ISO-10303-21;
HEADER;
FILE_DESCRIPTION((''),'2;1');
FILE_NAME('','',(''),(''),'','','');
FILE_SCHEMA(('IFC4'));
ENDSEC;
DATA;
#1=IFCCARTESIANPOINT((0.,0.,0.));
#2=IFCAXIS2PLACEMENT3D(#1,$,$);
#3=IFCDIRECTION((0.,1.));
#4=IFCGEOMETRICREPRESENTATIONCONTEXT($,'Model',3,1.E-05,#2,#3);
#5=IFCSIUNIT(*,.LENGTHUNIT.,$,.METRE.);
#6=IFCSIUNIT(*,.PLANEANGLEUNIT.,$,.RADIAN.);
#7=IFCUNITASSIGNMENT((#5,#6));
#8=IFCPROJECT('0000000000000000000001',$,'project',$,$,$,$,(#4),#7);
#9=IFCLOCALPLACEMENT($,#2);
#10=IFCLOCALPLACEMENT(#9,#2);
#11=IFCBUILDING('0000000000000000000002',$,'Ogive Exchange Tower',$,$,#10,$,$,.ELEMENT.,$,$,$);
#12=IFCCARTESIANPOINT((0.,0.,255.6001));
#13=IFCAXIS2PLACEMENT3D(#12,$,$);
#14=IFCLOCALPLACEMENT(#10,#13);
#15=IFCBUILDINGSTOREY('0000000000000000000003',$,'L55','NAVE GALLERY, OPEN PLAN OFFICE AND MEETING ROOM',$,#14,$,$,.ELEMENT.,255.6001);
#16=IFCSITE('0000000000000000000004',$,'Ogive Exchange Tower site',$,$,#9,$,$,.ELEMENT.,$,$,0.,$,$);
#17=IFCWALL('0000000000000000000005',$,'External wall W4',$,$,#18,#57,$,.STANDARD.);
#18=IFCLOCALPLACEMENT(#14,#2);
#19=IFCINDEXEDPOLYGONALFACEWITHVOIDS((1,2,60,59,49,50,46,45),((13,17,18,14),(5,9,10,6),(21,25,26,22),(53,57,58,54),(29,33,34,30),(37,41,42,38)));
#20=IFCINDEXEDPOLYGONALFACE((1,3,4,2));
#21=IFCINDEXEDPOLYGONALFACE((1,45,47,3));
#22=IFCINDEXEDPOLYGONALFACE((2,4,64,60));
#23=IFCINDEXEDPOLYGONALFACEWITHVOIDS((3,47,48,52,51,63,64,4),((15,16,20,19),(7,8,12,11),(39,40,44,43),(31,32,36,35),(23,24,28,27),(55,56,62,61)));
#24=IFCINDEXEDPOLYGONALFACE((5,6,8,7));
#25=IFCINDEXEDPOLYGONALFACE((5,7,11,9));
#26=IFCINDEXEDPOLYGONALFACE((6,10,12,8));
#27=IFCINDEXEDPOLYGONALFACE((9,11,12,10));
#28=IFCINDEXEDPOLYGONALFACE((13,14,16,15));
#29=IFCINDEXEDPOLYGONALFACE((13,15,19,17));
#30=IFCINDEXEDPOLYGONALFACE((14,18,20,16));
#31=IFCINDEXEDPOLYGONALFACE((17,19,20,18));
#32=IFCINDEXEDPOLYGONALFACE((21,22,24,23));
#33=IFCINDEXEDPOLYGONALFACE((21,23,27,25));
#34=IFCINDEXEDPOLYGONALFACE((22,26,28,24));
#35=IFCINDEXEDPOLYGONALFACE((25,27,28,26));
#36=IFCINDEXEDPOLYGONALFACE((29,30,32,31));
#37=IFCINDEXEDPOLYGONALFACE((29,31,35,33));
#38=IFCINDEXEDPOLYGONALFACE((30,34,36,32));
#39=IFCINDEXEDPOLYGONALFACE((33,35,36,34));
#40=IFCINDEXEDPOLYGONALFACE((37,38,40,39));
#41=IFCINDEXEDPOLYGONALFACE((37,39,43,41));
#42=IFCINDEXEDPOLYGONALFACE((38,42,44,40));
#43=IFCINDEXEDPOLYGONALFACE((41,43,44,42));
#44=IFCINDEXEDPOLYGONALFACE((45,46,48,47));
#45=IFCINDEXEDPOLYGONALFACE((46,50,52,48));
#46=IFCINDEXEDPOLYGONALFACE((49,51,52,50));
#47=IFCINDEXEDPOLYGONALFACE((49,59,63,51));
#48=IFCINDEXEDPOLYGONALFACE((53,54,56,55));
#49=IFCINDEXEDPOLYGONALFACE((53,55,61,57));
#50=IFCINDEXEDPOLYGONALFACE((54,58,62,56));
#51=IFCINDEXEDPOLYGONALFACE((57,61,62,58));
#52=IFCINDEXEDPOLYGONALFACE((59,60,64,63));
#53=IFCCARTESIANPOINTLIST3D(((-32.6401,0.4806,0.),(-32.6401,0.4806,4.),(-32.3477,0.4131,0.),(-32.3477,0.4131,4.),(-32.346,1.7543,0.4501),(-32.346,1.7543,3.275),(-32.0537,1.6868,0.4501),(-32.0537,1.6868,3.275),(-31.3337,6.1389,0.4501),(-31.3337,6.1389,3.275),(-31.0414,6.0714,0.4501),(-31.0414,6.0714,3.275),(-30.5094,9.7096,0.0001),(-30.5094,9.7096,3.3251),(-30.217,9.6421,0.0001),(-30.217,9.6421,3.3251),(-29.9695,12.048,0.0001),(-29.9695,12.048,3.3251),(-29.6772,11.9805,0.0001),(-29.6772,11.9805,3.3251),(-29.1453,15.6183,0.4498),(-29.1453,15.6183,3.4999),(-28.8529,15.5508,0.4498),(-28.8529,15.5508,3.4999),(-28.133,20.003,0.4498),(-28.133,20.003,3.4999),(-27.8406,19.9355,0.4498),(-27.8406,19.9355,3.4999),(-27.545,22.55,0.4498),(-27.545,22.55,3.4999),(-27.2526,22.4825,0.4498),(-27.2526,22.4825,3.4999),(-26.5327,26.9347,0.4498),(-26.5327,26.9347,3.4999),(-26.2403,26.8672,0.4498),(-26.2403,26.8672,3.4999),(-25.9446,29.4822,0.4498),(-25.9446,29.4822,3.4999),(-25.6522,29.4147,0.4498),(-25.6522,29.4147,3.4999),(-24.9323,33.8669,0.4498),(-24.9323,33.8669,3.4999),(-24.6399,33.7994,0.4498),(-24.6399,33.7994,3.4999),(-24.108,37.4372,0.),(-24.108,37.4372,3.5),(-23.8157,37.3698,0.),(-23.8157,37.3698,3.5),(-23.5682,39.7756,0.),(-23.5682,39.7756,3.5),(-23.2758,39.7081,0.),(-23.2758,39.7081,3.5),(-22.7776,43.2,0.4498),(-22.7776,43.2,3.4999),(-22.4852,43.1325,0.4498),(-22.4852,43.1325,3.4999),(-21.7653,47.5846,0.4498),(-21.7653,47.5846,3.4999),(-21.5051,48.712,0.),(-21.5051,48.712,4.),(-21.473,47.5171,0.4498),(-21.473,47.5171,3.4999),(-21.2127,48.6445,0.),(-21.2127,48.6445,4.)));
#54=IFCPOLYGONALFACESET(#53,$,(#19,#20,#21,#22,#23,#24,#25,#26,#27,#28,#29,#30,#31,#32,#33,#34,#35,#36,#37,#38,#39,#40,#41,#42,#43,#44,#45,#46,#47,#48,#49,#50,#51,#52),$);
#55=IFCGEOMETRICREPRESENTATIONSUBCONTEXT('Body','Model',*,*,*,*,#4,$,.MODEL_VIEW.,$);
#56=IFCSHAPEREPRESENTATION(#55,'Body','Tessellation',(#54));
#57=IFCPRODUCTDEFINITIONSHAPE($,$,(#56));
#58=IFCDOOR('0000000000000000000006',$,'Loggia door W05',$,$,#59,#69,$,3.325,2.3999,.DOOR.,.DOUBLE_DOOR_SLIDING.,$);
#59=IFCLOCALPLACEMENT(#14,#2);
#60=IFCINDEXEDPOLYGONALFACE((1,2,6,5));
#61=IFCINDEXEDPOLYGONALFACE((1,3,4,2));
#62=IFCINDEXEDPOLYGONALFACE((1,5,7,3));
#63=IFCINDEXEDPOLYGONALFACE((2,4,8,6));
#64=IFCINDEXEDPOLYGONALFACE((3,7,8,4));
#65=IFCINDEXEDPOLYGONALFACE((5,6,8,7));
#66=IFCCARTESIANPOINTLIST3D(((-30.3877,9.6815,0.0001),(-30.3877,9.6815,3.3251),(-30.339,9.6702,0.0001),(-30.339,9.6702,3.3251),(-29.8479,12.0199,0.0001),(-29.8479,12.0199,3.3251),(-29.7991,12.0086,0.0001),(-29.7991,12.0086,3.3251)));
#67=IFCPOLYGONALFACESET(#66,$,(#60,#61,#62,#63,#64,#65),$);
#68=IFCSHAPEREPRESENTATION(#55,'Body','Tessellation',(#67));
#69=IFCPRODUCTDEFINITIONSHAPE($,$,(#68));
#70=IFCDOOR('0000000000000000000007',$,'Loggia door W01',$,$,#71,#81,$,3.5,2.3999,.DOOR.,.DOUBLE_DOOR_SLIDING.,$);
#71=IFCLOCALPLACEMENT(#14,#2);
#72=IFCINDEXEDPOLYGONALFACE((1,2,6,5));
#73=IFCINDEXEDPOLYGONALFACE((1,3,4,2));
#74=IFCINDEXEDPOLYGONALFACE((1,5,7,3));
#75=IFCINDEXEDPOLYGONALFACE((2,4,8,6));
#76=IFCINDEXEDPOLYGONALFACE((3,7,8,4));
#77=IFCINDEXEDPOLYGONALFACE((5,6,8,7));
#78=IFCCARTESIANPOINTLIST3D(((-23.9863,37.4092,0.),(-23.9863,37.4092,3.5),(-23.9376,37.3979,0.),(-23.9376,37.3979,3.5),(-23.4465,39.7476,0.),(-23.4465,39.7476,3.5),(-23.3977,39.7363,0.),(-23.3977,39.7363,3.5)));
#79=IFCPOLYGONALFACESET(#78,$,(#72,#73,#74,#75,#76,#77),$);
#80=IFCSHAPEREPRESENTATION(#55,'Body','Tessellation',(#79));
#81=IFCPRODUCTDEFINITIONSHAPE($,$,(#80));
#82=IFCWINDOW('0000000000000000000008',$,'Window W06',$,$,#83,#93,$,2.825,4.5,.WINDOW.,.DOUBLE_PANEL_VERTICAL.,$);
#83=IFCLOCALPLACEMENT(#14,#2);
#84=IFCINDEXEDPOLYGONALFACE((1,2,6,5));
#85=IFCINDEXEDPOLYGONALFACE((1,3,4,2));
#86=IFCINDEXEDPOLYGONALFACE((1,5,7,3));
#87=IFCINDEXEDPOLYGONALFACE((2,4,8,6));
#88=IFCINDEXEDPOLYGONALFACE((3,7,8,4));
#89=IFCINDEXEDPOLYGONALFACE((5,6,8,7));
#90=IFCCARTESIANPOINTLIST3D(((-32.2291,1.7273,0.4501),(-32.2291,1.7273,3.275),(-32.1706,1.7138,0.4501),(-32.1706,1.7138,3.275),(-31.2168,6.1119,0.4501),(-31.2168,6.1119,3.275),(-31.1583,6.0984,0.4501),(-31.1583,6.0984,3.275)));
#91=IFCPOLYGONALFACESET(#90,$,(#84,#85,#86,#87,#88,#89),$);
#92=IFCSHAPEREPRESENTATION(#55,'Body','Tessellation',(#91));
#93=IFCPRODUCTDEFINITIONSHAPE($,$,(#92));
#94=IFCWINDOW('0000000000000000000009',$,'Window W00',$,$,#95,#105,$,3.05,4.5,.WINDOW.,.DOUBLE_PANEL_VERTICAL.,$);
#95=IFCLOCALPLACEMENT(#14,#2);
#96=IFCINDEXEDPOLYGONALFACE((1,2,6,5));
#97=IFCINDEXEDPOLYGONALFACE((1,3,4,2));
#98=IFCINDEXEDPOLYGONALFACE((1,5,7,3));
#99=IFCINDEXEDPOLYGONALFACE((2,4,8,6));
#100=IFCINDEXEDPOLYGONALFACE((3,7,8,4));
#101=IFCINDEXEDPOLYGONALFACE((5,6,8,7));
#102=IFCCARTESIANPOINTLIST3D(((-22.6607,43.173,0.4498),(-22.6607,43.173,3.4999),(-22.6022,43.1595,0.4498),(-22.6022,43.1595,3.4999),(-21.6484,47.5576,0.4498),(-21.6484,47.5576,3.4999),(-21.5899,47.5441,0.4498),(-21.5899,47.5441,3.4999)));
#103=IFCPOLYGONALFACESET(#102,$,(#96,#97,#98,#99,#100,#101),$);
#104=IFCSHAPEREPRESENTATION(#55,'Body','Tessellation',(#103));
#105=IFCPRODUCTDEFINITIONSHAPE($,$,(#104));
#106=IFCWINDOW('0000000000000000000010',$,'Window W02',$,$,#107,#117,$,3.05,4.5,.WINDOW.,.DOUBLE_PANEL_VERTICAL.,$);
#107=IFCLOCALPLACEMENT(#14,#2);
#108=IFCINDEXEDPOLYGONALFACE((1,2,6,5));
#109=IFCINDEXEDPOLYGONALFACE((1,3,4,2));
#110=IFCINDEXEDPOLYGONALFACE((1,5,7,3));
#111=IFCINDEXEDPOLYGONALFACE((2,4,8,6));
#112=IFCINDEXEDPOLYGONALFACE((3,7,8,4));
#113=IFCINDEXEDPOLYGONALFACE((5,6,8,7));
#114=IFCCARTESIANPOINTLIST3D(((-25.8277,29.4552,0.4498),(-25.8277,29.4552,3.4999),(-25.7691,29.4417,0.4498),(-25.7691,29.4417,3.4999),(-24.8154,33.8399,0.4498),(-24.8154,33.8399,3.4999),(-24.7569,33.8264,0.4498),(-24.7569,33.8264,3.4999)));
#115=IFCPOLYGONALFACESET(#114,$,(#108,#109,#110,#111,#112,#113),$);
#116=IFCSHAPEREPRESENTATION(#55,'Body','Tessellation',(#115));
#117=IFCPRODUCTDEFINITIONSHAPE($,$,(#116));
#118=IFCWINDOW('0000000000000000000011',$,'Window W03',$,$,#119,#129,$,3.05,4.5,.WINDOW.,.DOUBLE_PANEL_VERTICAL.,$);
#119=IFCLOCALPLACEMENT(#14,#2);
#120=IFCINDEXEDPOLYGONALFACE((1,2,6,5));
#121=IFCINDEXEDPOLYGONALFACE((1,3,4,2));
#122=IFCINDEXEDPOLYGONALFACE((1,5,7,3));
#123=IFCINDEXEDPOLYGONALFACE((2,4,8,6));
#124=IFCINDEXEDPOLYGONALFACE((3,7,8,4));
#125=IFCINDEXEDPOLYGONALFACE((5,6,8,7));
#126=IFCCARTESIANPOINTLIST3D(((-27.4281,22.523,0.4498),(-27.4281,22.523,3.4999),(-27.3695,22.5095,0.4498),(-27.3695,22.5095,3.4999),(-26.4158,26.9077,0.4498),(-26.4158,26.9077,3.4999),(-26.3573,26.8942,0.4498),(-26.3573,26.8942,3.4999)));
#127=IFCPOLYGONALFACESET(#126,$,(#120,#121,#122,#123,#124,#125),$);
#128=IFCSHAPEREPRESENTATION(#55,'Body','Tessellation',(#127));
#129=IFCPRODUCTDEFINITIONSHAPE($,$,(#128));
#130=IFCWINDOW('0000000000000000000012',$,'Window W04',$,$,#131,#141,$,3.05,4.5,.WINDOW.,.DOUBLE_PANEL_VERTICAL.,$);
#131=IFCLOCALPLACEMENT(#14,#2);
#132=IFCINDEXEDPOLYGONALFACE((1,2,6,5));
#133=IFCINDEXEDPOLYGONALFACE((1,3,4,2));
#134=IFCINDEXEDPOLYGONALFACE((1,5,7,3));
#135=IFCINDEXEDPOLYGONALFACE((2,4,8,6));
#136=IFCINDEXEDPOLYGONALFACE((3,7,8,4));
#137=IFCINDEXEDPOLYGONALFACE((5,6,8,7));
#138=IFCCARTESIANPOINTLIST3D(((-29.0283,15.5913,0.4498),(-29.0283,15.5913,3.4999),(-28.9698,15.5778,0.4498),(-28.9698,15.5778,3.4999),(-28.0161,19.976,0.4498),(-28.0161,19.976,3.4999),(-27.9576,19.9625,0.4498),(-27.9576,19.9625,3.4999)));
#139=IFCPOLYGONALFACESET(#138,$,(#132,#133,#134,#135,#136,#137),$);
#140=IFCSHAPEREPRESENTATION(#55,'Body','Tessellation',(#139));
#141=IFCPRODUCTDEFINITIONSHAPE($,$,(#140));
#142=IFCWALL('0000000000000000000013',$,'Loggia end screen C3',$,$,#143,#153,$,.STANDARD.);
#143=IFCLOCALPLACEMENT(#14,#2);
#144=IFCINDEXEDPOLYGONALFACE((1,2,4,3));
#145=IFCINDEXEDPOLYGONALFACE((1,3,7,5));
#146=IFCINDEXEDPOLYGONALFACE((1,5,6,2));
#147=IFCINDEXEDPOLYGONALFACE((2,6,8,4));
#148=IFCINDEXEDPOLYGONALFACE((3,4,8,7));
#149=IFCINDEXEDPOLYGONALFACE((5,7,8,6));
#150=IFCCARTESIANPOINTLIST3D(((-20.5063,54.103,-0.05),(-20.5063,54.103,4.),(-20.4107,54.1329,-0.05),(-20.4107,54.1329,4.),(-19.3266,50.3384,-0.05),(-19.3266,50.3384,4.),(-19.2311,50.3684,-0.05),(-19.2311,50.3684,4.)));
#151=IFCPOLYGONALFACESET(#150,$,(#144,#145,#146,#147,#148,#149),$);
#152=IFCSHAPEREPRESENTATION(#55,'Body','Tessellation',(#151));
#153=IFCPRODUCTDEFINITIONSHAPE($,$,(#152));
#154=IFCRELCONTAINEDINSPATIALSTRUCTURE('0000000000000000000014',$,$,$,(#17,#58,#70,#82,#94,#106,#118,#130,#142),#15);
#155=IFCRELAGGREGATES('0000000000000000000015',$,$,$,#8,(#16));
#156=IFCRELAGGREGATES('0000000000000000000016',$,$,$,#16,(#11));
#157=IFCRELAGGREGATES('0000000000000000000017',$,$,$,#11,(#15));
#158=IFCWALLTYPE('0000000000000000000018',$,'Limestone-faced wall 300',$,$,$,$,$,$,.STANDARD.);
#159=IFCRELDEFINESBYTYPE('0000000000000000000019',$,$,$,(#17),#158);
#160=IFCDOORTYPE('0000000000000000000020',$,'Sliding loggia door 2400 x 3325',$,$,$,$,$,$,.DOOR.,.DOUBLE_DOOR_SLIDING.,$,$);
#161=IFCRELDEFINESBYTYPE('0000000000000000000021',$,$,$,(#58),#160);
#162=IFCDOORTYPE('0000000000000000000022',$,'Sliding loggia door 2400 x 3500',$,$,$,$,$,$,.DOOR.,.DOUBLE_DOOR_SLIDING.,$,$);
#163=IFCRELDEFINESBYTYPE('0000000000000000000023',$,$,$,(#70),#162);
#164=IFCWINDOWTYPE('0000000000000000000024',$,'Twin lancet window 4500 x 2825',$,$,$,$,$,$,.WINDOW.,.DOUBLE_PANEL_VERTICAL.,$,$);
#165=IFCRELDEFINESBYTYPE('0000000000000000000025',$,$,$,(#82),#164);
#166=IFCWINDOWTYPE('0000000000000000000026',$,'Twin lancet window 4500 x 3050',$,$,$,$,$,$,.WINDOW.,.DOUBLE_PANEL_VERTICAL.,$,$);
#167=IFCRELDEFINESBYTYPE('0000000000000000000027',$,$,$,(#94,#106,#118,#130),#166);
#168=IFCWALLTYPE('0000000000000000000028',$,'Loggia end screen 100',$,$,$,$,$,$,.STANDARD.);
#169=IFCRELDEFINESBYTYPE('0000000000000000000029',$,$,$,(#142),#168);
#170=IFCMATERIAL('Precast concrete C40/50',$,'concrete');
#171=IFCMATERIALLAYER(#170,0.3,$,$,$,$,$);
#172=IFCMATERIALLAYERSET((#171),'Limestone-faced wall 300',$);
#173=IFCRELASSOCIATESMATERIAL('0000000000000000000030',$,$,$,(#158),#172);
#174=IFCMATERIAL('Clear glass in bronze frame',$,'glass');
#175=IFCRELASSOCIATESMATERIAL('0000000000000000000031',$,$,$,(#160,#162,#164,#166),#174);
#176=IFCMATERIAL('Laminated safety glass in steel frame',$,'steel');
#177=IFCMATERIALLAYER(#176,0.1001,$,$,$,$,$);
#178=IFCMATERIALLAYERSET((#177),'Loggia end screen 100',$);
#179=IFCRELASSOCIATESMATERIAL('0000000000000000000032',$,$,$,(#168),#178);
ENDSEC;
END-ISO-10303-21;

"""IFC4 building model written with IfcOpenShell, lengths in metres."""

from ifc_helpers import new_model, si_unit, direction, frame, frame_2d, origin, place, context, subcontext, project, spatial, rectangle, extrude, material, layer, layer_set, type_object, element, fill, save


model = new_model("IFC4")

# Units and contexts
model_context = context("Model", 3, precision=1e-05, world=origin(), true_north=direction((0.0, 1.0)))
body_context = subcontext(model_context, "Body", "Model", "MODEL_VIEW")
ifc_project = project(units=[si_unit("LENGTHUNIT", "METRE"), si_unit("PLANEANGLEUNIT", "RADIAN")], contexts=[model_context])

# Site, building, storey
site_placement = place(None, origin())
site = spatial("IfcSite", under=ifc_project, at=site_placement, Name="Ogive Exchange Tower site", CompositionType="ELEMENT", RefElevation=0.0)
building_placement = place(site_placement, origin())
building = spatial("IfcBuilding", under=site, at=building_placement, Name="Ogive Exchange Tower", CompositionType="ELEMENT")
storey_placement = place(building_placement, frame((0.0, 0.0, 255.6001)))
storey = spatial("IfcBuildingStorey", under=building, at=storey_placement, Name="L55", Description="NAVE GALLERY, OPEN PLAN OFFICE AND MEETING ROOM", CompositionType="ELEMENT", Elevation=255.6001)

# Wall, openings, doors, windows
ifc_material_1 = material(Name="Precast concrete C40/50", Category="concrete")
ifc_layer_1 = layer(ifc_material_1, 0.3)
ifc_layer_set_1 = layer_set([ifc_layer_1], Name="Limestone-faced wall 300")
wall_type_1 = type_object("IfcWallType", Name="Limestone-faced wall 300", PredefinedType="STANDARD", material=ifc_layer_set_1)
wall_1_placement = place(storey_placement, frame((-21.3589, 48.6782, 0.0), z_axis=(0.0, 0.0, 1.0), x_axis=(-0.224949, -0.97437, 0.0)))
wall_1 = element("IfcWall", 1, at=wall_1_placement, inside=storey, type_object=wall_type_1, Name="External wall W4", PredefinedType="STANDARD", context=body_context, shape_type="SweptSolid", body=[
    extrude(rectangle(XDim=49.5, YDim=0.3, at=frame_2d((24.75, 0.0))), origin(), (0.0, 0.0, 1.0), 4.0),
])
opening_1_placement = place(wall_1_placement, frame((1.157, 0.0, 0.45)))
opening_1 = element("IfcOpeningElement", 2, at=opening_1_placement, cuts=wall_1, PredefinedType="OPENING", context=body_context, shape_type="SweptSolid", body=[
    extrude(rectangle(XDim=4.5, YDim=3.05, at=frame_2d((2.25, 1.5249))), frame((0.0, 0.1599, 0.0), z_axis=(0.0, -1.0, 0.0), x_axis=(1.0, 0.0, 0.0)), (0.0, 0.0, 1.0), 0.3201),
])
opening_2_placement = place(wall_1_placement, frame((9.1714, 0.0, 0.0)))
opening_2 = element("IfcOpeningElement", 3, at=opening_2_placement, cuts=wall_1, PredefinedType="OPENING", context=body_context, shape_type="SweptSolid", body=[
    extrude(rectangle(XDim=2.3999, YDim=3.5, at=frame_2d((1.2, 1.75))), frame((0.0, 0.1599, 0.0), z_axis=(0.0, -1.0, 0.0), x_axis=(1.0, 0.0, 0.0)), (0.0, 0.0, 1.0), 0.3201),
])
opening_3_placement = place(wall_1_placement, frame((15.2356, 0.0, 0.45)))
opening_3 = element("IfcOpeningElement", 4, at=opening_3_placement, cuts=wall_1, PredefinedType="OPENING", context=body_context, shape_type="SweptSolid", body=[
    extrude(rectangle(XDim=4.5, YDim=3.05, at=frame_2d((2.25, 1.5249))), frame((0.0, 0.1599, 0.0), z_axis=(0.0, -1.0, 0.0), x_axis=(1.0, 0.0, 0.0)), (0.0, 0.0, 1.0), 0.3201),
])
opening_4_placement = place(wall_1_placement, frame((22.3501, 0.0, 0.45)))
opening_4 = element("IfcOpeningElement", 5, at=opening_4_placement, cuts=wall_1, PredefinedType="OPENING", context=body_context, shape_type="SweptSolid", body=[
    extrude(rectangle(XDim=4.5, YDim=3.05, at=frame_2d((2.25, 1.5249))), frame((0.0, 0.1599, 0.0), z_axis=(0.0, -1.0, 0.0), x_axis=(1.0, 0.0, 0.0)), (0.0, 0.0, 1.0), 0.3201),
])
opening_5_placement = place(wall_1_placement, frame((29.4641, 0.0, 0.45)))
opening_5 = element("IfcOpeningElement", 6, at=opening_5_placement, cuts=wall_1, PredefinedType="OPENING", context=body_context, shape_type="SweptSolid", body=[
    extrude(rectangle(XDim=4.5, YDim=3.05, at=frame_2d((2.25, 1.5249))), frame((0.0, 0.1599, 0.0), z_axis=(0.0, -1.0, 0.0), x_axis=(1.0, 0.0, 0.0)), (0.0, 0.0, 1.0), 0.3201),
])
opening_6_placement = place(wall_1_placement, frame((37.6284, 0.0, 0.0)))
opening_6 = element("IfcOpeningElement", 7, at=opening_6_placement, cuts=wall_1, PredefinedType="OPENING", context=body_context, shape_type="SweptSolid", body=[
    extrude(rectangle(XDim=2.3999, YDim=3.325, at=frame_2d((1.2, 1.6626))), frame((0.0, 0.1599, 0.0), z_axis=(0.0, -1.0, 0.0), x_axis=(1.0, 0.0, 0.0)), (0.0, 0.0, 1.0), 0.3201),
])
opening_7_placement = place(wall_1_placement, frame((43.6929, 0.0, 0.45)))
opening_7 = element("IfcOpeningElement", 8, at=opening_7_placement, cuts=wall_1, PredefinedType="OPENING", context=body_context, shape_type="SweptSolid", body=[
    extrude(rectangle(XDim=4.5, YDim=2.825, at=frame_2d((2.25, 1.4126))), frame((0.0, 0.1599, 0.0), z_axis=(0.0, -1.0, 0.0), x_axis=(1.0, 0.0, 0.0)), (0.0, 0.0, 1.0), 0.3201),
])
ifc_material_2 = material(Name="Clear glass in bronze frame", Category="glass")
door_type_1 = type_object("IfcDoorType", Name="Sliding loggia door 2400 x 3325", OperationType="DOUBLE_DOOR_SLIDING", PredefinedType="DOOR", material=ifc_material_2)
door_1_placement = place(opening_6_placement, origin())
door_1 = element("IfcDoor", 9, at=door_1_placement, inside=storey, type_object=door_type_1, Name="Loggia door W05", OperationType="DOUBLE_DOOR_SLIDING", OverallHeight=3.325, OverallWidth=2.3999, PredefinedType="DOOR", context=body_context, shape_type="SweptSolid", body=[
    extrude(rectangle(XDim=2.3999, YDim=3.325, at=frame_2d((1.2, 1.6626))), frame((0.0, 0.0249, 0.0), z_axis=(0.0, -1.0, 0.0), x_axis=(1.0, 0.0, 0.0)), (0.0, 0.0, 1.0), 0.05),
])
fill(opening_6, door_1)
door_type_2 = type_object("IfcDoorType", Name="Sliding loggia door 2400 x 3500", OperationType="DOUBLE_DOOR_SLIDING", PredefinedType="DOOR", material=ifc_material_2)
door_2_placement = place(opening_2_placement, origin())
door_2 = element("IfcDoor", 10, at=door_2_placement, inside=storey, type_object=door_type_2, Name="Loggia door W01", OperationType="DOUBLE_DOOR_SLIDING", OverallHeight=3.5, OverallWidth=2.3999, PredefinedType="DOOR", context=body_context, shape_type="SweptSolid", body=[
    extrude(rectangle(XDim=2.3999, YDim=3.5, at=frame_2d((1.2, 1.75))), frame((0.0, 0.0249, 0.0), z_axis=(0.0, -1.0, 0.0), x_axis=(1.0, 0.0, 0.0)), (0.0, 0.0, 1.0), 0.05),
])
fill(opening_2, door_2)
window_type_1 = type_object("IfcWindowType", Name="Twin lancet window 4500 x 2825", PartitioningType="DOUBLE_PANEL_VERTICAL", PredefinedType="WINDOW", material=ifc_material_2)
window_1_placement = place(opening_7_placement, origin())
window_1 = element("IfcWindow", 11, at=window_1_placement, inside=storey, type_object=window_type_1, Name="Window W06", OverallHeight=2.825, OverallWidth=4.5, PartitioningType="DOUBLE_PANEL_VERTICAL", PredefinedType="WINDOW", context=body_context, shape_type="SweptSolid", body=[
    extrude(rectangle(XDim=4.5, YDim=2.825, at=frame_2d((2.25, 1.4126))), frame((0.0, 0.03, 0.0), z_axis=(0.0, -1.0, 0.0), x_axis=(1.0, 0.0, 0.0)), (0.0, 0.0, 1.0), 0.0601),
])
fill(opening_7, window_1)
window_type_2 = type_object("IfcWindowType", Name="Twin lancet window 4500 x 3050", PartitioningType="DOUBLE_PANEL_VERTICAL", PredefinedType="WINDOW", material=ifc_material_2)
window_2_placement = place(opening_1_placement, origin())
window_2 = element("IfcWindow", 12, at=window_2_placement, inside=storey, type_object=window_type_2, Name="Window W00", OverallHeight=3.05, OverallWidth=4.5, PartitioningType="DOUBLE_PANEL_VERTICAL", PredefinedType="WINDOW", context=body_context, shape_type="SweptSolid", body=[
    extrude(rectangle(XDim=4.5, YDim=3.05, at=frame_2d((2.25, 1.5249))), frame((0.0, 0.03, 0.0), z_axis=(0.0, -1.0, 0.0), x_axis=(1.0, 0.0, 0.0)), (0.0, 0.0, 1.0), 0.0601),
])
fill(opening_1, window_2)
window_3_placement = place(opening_3_placement, origin())
window_3 = element("IfcWindow", 13, at=window_3_placement, inside=storey, type_object=window_type_2, Name="Window W02", OverallHeight=3.05, OverallWidth=4.5, PartitioningType="DOUBLE_PANEL_VERTICAL", PredefinedType="WINDOW", context=body_context, shape_type="SweptSolid", body=[
    extrude(rectangle(XDim=4.5, YDim=3.05, at=frame_2d((2.25, 1.5249))), frame((0.0, 0.03, 0.0), z_axis=(0.0, -1.0, 0.0), x_axis=(1.0, 0.0, 0.0)), (0.0, 0.0, 1.0), 0.0601),
])
fill(opening_3, window_3)
window_4_placement = place(opening_4_placement, origin())
window_4 = element("IfcWindow", 14, at=window_4_placement, inside=storey, type_object=window_type_2, Name="Window W03", OverallHeight=3.05, OverallWidth=4.5, PartitioningType="DOUBLE_PANEL_VERTICAL", PredefinedType="WINDOW", context=body_context, shape_type="SweptSolid", body=[
    extrude(rectangle(XDim=4.5, YDim=3.05, at=frame_2d((2.25, 1.5249))), frame((0.0, 0.03, 0.0), z_axis=(0.0, -1.0, 0.0), x_axis=(1.0, 0.0, 0.0)), (0.0, 0.0, 1.0), 0.0601),
])
fill(opening_4, window_4)
window_5_placement = place(opening_5_placement, origin())
window_5 = element("IfcWindow", 15, at=window_5_placement, inside=storey, type_object=window_type_2, Name="Window W04", OverallHeight=3.05, OverallWidth=4.5, PartitioningType="DOUBLE_PANEL_VERTICAL", PredefinedType="WINDOW", context=body_context, shape_type="SweptSolid", body=[
    extrude(rectangle(XDim=4.5, YDim=3.05, at=frame_2d((2.25, 1.5249))), frame((0.0, 0.03, 0.0), z_axis=(0.0, -1.0, 0.0), x_axis=(1.0, 0.0, 0.0)), (0.0, 0.0, 1.0), 0.0601),
])
fill(opening_5, window_5)

# Wall
ifc_material_3 = material(Name="Laminated safety glass in steel frame", Category="steel")
ifc_layer_2 = layer(ifc_material_3, 0.1001)
ifc_layer_set_2 = layer_set([ifc_layer_2], Name="Loggia end screen 100")
wall_type_2 = type_object("IfcWallType", Name="Loggia end screen 100", PredefinedType="STANDARD", material=ifc_layer_set_2)
wall_2_placement = place(storey_placement, frame((-19.2788, 50.3533, -0.05), z_axis=(0.0, 0.0, 1.0), x_axis=(-0.299022, 0.954246, 0.0)))
element("IfcWall", 16, at=wall_2_placement, inside=storey, type_object=wall_type_2, Name="Loggia end screen C3", PredefinedType="STANDARD", context=body_context, shape_type="SweptSolid", body=[
    extrude(rectangle(XDim=3.9451, YDim=0.1001, at=frame_2d((1.9727, 0.0))), origin(), (0.0, 0.0, 1.0), 4.05),
])

save(model, "model.ifc")
